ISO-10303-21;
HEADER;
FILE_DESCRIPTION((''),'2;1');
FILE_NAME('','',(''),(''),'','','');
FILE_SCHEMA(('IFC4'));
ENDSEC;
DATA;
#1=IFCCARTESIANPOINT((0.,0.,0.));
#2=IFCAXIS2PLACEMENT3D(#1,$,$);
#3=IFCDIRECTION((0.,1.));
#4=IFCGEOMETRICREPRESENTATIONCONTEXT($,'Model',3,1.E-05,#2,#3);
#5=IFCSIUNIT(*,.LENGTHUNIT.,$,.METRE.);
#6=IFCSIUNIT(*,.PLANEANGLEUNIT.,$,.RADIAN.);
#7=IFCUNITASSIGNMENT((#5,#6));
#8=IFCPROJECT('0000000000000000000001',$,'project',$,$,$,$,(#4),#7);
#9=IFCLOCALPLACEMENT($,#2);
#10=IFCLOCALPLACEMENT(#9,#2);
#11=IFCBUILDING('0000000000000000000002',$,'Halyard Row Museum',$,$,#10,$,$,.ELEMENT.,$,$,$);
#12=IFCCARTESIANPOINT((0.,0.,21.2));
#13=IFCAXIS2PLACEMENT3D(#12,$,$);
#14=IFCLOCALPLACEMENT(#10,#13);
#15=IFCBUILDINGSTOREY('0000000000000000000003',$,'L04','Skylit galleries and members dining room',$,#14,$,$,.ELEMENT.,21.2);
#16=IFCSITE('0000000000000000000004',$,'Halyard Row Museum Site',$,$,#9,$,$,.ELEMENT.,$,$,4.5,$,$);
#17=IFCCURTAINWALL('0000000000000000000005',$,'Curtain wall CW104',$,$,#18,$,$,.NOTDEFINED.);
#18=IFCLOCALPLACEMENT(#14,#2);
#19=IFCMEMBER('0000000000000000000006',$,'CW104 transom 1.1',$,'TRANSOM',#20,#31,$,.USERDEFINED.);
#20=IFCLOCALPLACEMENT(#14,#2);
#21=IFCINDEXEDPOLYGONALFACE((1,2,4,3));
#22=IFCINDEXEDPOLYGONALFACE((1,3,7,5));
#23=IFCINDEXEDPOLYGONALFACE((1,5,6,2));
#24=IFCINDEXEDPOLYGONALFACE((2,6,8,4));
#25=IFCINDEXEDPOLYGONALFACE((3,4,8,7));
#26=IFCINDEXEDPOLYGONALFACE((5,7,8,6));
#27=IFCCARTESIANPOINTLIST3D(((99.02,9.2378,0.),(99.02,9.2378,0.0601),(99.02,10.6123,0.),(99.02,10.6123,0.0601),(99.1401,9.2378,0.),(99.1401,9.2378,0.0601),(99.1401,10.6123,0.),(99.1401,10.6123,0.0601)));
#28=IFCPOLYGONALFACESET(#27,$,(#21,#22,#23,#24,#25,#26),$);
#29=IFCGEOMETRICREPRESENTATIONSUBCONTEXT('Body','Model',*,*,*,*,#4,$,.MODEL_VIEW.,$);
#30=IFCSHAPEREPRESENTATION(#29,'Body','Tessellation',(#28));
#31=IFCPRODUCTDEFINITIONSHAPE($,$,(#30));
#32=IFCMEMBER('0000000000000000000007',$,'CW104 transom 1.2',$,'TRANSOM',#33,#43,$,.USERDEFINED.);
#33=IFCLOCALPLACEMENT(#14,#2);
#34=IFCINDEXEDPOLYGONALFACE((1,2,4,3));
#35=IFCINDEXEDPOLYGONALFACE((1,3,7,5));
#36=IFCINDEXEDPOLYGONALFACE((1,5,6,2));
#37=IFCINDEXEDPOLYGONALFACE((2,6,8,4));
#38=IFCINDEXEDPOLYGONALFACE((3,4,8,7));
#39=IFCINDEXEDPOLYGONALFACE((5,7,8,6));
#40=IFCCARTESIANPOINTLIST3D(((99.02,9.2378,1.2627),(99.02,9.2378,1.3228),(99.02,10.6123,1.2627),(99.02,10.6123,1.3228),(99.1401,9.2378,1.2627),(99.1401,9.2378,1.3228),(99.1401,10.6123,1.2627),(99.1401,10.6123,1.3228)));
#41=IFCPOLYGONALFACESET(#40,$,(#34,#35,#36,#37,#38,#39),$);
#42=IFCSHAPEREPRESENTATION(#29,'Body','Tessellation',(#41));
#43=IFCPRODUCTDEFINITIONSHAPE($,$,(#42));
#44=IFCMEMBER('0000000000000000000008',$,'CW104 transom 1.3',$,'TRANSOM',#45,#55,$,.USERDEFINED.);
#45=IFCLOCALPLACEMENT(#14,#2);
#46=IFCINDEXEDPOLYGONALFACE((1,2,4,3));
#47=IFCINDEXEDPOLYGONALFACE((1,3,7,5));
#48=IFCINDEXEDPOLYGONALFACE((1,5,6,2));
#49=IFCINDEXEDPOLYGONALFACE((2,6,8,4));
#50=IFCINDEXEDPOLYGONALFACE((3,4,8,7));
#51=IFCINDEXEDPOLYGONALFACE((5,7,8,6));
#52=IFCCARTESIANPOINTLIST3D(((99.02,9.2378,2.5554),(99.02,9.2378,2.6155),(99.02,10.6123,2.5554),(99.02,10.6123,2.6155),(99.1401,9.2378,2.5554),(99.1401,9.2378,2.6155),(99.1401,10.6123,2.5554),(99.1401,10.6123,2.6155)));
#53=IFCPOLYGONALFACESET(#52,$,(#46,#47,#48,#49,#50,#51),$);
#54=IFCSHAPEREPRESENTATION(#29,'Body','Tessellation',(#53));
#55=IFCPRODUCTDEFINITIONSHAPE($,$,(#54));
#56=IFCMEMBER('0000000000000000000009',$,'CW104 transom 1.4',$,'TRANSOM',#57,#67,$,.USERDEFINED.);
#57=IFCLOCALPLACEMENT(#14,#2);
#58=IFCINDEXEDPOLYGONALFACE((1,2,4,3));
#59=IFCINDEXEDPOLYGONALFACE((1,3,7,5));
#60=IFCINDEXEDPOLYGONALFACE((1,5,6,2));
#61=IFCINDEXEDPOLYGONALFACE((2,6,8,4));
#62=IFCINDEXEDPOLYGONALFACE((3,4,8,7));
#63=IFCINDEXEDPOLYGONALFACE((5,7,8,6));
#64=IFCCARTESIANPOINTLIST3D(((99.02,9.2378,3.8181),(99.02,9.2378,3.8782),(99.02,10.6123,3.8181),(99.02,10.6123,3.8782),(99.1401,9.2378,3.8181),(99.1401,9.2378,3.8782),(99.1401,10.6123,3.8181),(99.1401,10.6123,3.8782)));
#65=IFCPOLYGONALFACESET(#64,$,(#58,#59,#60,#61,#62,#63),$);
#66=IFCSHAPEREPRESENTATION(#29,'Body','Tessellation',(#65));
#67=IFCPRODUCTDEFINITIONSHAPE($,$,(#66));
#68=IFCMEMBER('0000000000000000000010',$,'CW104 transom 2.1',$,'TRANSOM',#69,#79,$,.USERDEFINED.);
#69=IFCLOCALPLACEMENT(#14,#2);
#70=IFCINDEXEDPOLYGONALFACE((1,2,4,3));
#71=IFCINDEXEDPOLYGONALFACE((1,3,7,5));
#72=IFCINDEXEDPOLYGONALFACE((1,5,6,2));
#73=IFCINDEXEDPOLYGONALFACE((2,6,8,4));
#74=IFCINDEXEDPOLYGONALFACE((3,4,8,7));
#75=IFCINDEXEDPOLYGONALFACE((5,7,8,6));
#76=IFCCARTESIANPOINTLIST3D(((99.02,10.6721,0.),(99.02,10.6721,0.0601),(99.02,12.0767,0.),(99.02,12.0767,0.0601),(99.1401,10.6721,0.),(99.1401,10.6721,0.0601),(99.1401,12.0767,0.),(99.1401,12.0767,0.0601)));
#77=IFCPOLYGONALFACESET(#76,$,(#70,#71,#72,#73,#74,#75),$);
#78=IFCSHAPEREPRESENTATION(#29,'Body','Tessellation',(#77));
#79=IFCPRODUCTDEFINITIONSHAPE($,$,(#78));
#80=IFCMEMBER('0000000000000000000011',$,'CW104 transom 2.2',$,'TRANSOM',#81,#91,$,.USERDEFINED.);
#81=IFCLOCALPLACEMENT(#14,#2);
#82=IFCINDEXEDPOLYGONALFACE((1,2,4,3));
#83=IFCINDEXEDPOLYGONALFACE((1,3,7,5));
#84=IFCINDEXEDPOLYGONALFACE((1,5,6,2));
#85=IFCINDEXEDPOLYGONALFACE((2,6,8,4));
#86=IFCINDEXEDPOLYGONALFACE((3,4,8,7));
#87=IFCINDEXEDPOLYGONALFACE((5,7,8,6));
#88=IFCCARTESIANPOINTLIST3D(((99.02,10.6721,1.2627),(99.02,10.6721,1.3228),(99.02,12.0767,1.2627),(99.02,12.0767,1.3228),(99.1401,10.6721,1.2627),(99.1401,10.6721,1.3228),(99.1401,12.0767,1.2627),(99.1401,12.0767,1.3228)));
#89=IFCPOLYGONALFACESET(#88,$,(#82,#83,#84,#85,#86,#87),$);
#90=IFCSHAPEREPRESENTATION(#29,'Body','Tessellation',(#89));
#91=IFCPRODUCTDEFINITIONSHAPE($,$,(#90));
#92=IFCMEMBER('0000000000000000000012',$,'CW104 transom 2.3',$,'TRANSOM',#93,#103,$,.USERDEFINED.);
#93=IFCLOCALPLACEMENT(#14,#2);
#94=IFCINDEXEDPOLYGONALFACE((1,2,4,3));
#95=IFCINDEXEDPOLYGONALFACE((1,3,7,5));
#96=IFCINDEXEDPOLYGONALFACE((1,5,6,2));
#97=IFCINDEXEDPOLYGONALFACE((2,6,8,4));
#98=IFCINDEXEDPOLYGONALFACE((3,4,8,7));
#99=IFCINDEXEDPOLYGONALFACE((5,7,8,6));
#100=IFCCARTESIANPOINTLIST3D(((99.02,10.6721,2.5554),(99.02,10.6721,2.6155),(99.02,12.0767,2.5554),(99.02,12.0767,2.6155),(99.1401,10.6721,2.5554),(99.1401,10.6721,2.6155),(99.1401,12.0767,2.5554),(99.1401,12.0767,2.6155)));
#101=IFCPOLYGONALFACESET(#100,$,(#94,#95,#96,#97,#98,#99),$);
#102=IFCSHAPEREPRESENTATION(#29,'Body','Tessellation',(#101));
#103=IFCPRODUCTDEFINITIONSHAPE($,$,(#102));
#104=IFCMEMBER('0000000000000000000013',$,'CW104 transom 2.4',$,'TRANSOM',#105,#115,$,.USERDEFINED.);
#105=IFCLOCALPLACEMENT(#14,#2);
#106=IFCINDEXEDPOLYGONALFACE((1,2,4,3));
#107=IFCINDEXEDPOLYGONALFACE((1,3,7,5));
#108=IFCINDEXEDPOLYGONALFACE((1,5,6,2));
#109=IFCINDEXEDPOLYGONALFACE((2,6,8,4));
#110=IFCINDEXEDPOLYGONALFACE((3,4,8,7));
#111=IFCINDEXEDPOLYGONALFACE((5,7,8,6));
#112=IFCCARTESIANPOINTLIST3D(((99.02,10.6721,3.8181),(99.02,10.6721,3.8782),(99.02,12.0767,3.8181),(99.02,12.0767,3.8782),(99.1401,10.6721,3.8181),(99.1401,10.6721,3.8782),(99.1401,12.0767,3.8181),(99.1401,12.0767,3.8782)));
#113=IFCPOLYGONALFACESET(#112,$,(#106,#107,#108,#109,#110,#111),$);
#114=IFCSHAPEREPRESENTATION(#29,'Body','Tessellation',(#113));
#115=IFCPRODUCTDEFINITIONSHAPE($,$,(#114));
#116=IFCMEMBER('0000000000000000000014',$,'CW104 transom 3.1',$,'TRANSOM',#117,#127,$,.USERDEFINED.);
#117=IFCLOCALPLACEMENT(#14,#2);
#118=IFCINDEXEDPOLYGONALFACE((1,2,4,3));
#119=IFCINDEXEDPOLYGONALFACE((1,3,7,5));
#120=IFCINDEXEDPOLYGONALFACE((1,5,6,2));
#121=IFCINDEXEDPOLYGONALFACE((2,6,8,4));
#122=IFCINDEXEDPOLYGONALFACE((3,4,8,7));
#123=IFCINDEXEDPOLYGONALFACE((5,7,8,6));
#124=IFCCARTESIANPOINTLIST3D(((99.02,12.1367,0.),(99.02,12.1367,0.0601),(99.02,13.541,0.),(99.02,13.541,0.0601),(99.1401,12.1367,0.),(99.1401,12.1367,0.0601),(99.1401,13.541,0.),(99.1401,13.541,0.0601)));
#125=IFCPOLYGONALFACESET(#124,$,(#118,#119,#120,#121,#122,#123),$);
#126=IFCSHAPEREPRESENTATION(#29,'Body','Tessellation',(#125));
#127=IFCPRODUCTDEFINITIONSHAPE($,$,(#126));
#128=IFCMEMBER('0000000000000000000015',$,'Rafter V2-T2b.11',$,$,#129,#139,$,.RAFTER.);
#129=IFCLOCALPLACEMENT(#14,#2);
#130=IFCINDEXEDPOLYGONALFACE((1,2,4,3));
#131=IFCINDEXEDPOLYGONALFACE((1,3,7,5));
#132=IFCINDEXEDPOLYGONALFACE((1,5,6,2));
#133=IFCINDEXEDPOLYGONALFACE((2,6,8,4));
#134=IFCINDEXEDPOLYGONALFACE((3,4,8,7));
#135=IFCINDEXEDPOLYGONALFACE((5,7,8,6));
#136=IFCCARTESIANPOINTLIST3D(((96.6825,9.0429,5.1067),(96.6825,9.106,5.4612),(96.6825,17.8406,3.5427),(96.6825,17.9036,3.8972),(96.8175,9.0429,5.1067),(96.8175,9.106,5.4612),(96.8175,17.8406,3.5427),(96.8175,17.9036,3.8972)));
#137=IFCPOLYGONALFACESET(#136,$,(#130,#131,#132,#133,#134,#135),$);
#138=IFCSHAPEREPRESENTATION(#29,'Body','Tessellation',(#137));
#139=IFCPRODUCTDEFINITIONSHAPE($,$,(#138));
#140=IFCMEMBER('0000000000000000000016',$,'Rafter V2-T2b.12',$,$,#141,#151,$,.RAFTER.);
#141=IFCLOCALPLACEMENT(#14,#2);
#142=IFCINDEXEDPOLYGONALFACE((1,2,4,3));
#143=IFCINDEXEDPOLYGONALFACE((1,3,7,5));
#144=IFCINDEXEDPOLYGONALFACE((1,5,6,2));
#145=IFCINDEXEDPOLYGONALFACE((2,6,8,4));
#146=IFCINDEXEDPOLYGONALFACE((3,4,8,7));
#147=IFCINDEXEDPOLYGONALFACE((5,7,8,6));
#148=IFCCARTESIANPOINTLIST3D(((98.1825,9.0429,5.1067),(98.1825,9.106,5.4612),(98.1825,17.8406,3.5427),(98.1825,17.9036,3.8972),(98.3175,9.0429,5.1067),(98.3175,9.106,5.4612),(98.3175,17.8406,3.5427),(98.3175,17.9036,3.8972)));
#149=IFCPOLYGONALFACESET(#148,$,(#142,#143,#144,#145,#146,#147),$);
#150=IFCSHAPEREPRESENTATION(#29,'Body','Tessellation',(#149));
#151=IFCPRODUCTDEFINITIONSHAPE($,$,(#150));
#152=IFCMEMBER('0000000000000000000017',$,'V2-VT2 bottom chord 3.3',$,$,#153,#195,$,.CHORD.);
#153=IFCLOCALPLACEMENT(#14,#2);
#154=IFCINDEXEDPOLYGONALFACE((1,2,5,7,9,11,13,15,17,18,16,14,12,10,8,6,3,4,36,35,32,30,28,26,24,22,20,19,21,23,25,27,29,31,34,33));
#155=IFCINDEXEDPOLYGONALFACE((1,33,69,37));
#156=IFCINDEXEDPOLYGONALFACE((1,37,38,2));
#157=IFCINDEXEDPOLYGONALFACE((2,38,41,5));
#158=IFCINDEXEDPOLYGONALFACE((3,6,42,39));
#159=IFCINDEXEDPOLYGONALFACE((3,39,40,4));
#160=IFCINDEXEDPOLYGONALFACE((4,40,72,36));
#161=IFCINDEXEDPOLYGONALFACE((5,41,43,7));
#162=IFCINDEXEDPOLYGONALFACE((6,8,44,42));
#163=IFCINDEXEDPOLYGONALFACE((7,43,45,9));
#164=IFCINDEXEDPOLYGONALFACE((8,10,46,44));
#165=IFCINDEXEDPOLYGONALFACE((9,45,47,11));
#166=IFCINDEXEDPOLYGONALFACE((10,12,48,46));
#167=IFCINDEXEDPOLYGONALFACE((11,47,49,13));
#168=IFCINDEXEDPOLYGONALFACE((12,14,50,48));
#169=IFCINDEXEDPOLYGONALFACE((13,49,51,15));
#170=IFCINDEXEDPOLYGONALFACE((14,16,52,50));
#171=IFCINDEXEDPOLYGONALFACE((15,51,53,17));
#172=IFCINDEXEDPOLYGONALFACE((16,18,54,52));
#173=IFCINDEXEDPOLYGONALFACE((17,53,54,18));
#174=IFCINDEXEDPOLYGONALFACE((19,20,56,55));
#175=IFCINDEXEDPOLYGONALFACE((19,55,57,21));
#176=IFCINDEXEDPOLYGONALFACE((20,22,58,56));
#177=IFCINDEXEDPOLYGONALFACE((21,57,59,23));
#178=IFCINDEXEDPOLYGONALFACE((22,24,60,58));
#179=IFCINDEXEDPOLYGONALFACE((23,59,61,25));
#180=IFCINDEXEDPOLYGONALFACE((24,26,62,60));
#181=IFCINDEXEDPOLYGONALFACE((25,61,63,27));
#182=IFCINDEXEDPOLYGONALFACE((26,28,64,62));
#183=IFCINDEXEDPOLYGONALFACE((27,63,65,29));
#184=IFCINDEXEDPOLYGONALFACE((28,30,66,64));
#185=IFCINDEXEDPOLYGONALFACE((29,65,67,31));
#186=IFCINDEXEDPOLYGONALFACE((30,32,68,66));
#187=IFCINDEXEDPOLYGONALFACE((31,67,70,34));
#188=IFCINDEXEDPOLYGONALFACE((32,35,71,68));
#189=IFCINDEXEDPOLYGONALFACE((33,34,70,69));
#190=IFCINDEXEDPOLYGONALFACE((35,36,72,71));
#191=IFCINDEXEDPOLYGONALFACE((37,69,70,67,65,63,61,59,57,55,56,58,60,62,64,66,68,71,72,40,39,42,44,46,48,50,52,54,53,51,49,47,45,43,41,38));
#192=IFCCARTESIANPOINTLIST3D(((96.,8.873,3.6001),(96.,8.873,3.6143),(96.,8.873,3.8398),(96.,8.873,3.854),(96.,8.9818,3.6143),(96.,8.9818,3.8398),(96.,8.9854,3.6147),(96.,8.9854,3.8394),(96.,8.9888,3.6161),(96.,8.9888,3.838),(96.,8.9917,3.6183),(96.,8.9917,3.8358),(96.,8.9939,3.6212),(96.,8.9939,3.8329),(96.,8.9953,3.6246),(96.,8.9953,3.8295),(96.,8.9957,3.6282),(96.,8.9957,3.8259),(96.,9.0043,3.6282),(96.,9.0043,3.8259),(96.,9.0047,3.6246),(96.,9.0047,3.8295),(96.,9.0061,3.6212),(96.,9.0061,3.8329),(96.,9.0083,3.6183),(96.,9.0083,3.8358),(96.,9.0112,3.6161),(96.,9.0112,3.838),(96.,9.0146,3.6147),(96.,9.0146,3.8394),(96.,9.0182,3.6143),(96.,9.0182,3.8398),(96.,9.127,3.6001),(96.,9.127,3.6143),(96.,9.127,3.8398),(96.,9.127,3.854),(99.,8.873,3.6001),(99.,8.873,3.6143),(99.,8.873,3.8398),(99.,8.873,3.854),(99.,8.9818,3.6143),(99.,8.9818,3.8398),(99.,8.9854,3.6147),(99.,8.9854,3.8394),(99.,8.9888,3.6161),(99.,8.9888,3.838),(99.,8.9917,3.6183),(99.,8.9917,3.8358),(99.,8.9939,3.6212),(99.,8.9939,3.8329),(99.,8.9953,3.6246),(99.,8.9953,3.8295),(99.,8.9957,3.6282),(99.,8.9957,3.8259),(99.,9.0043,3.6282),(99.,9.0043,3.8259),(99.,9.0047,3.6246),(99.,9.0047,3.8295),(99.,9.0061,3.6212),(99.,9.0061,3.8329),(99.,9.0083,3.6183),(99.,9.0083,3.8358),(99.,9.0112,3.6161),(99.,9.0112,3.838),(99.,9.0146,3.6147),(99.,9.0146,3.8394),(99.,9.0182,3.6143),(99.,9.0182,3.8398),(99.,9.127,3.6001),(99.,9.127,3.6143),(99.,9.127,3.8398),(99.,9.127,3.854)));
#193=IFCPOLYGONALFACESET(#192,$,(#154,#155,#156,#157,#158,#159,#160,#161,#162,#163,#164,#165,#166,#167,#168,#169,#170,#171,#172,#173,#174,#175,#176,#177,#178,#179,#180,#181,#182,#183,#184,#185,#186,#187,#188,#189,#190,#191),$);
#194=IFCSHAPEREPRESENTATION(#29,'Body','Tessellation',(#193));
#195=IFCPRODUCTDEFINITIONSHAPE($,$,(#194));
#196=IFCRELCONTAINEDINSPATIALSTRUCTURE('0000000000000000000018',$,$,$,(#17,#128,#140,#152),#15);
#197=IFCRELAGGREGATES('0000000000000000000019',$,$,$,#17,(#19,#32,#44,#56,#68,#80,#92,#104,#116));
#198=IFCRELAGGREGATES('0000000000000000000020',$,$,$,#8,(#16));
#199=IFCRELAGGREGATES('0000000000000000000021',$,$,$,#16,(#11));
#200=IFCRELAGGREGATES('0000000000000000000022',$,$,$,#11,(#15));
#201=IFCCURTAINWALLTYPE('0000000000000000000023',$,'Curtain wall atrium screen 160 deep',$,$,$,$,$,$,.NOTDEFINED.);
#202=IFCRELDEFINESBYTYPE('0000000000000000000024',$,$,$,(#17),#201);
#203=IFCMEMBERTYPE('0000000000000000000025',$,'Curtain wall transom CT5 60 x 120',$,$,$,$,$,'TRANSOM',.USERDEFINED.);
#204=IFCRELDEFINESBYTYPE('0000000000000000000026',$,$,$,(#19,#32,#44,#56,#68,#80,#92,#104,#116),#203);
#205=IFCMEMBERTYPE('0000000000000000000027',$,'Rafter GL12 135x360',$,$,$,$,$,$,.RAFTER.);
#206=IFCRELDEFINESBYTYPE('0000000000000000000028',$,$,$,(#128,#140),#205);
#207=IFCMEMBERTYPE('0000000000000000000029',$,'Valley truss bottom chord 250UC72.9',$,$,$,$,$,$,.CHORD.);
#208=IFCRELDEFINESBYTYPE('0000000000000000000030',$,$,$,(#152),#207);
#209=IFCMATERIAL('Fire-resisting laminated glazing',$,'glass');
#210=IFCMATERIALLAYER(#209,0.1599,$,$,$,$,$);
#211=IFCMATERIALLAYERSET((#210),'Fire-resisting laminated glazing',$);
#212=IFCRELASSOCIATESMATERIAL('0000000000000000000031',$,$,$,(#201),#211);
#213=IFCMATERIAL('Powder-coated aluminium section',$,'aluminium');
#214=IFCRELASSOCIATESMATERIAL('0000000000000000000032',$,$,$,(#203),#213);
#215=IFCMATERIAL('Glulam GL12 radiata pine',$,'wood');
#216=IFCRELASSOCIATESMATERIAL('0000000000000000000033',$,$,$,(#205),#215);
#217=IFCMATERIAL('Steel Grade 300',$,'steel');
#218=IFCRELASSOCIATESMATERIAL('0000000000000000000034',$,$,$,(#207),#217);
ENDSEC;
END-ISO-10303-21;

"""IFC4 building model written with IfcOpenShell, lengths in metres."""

from ifc_helpers import new_model, si_unit, direction, frame, origin, origin_2d, place, context, subcontext, project, spatial, rectangle, i_section, extrude, material, layer, layer_set, material_profile, profile_set, type_object, element, aggregate, save


model = new_model("IFC4")

# Units and contexts
model_context = context("Model", 3, precision=1e-05, world=origin(), true_north=direction((0.0, 1.0)))
body_context = subcontext(model_context, "Body", "Model", "MODEL_VIEW")
ifc_project = project(units=[si_unit("LENGTHUNIT", "METRE"), si_unit("PLANEANGLEUNIT", "RADIAN")], contexts=[model_context])

# Site, building, storey
site_placement = place(None, origin())
site = spatial("IfcSite", under=ifc_project, at=site_placement, Name="Halyard Row Museum Site", CompositionType="ELEMENT", RefElevation=4.5)
building_placement = place(site_placement, origin())
building = spatial("IfcBuilding", under=site, at=building_placement, Name="Halyard Row Museum", CompositionType="ELEMENT")
storey_placement = place(building_placement, frame((0.0, 0.0, 21.2)))
storey = spatial("IfcBuildingStorey", under=building, at=storey_placement, Name="L04", Description="Skylit galleries and members dining room", CompositionType="ELEMENT", Elevation=21.2)

# Curtain wall
ifc_material_1 = material(Name="Fire-resisting laminated glazing", Category="glass")
ifc_layer_1 = layer(ifc_material_1, 0.1599)
ifc_layer_set_1 = layer_set([ifc_layer_1], Name="Fire-resisting laminated glazing")
curtain_wall_type = type_object("IfcCurtainWallType", Name="Curtain wall atrium screen 160 deep", PredefinedType="NOTDEFINED", material=ifc_layer_set_1)
curtain_wall_1_placement = place(storey_placement, origin())
curtain_wall_1 = element("IfcCurtainWall", 1, at=curtain_wall_1_placement, inside=storey, type_object=curtain_wall_type, Name="Curtain wall CW104", PredefinedType="NOTDEFINED")

# Members
ifc_material_2 = material(Name="Powder-coated aluminium section", Category="aluminium")
ifc_material_profile_1 = material_profile(ifc_material_2, rectangle(XDim=0.1201, YDim=0.0601, at=origin_2d()), Name="120x60 transom")
ifc_profile_set_1 = profile_set([ifc_material_profile_1], Name="Powder-coated aluminium section")
member_type_1 = type_object("IfcMemberType", Name="Curtain wall transom CT5 60 x 120", ElementType="TRANSOM", PredefinedType="USERDEFINED", material=ifc_profile_set_1)
member_1_placement = place(storey_placement, frame((99.0801, 9.2378, 0.03), z_axis=(0.0, 1.0, 0.0), x_axis=(-1.0, 0.0, 0.0)))
member_1 = element("IfcMember", 2, at=member_1_placement, type_object=member_type_1, Name="CW104 transom 1.1", ObjectType="TRANSOM", PredefinedType="USERDEFINED", context=body_context, shape_type="SweptSolid", body=[
    extrude(rectangle(XDim=0.1201, YDim=0.0601, at=origin_2d()), origin(), (0.0, 0.0, 1.0), 1.3745),
])
member_2_placement = place(storey_placement, frame((99.0801, 9.2378, 1.2927), z_axis=(0.0, 1.0, 0.0), x_axis=(-1.0, 0.0, 0.0)))
member_2 = element("IfcMember", 3, at=member_2_placement, type_object=member_type_1, Name="CW104 transom 1.2", ObjectType="TRANSOM", PredefinedType="USERDEFINED", context=body_context, shape_type="SweptSolid", body=[
    extrude(rectangle(XDim=0.1201, YDim=0.0601, at=origin_2d()), origin(), (0.0, 0.0, 1.0), 1.3745),
])
member_3_placement = place(storey_placement, frame((99.0801, 9.2378, 2.5854), z_axis=(0.0, 1.0, 0.0), x_axis=(-1.0, 0.0, 0.0)))
member_3 = element("IfcMember", 4, at=member_3_placement, type_object=member_type_1, Name="CW104 transom 1.3", ObjectType="TRANSOM", PredefinedType="USERDEFINED", context=body_context, shape_type="SweptSolid", body=[
    extrude(rectangle(XDim=0.1201, YDim=0.0601, at=origin_2d()), origin(), (0.0, 0.0, 1.0), 1.3745),
])
member_4_placement = place(storey_placement, frame((99.0801, 9.2378, 3.8481), z_axis=(0.0, 1.0, 0.0), x_axis=(-1.0, 0.0, 0.0)))
member_4 = element("IfcMember", 5, at=member_4_placement, type_object=member_type_1, Name="CW104 transom 1.4", ObjectType="TRANSOM", PredefinedType="USERDEFINED", context=body_context, shape_type="SweptSolid", body=[
    extrude(rectangle(XDim=0.1201, YDim=0.0601, at=origin_2d()), origin(), (0.0, 0.0, 1.0), 1.3745),
])
member_5_placement = place(storey_placement, frame((99.0801, 10.6721, 0.03), z_axis=(0.0, 1.0, 0.0), x_axis=(-1.0, 0.0, 0.0)))
member_5 = element("IfcMember", 6, at=member_5_placement, type_object=member_type_1, Name="CW104 transom 2.1", ObjectType="TRANSOM", PredefinedType="USERDEFINED", context=body_context, shape_type="SweptSolid", body=[
    extrude(rectangle(XDim=0.1201, YDim=0.0601, at=origin_2d()), origin(), (0.0, 0.0, 1.0), 1.4045),
])
member_6_placement = place(storey_placement, frame((99.0801, 10.6721, 1.2927), z_axis=(0.0, 1.0, 0.0), x_axis=(-1.0, 0.0, 0.0)))
member_6 = element("IfcMember", 7, at=member_6_placement, type_object=member_type_1, Name="CW104 transom 2.2", ObjectType="TRANSOM", PredefinedType="USERDEFINED", context=body_context, shape_type="SweptSolid", body=[
    extrude(rectangle(XDim=0.1201, YDim=0.0601, at=origin_2d()), origin(), (0.0, 0.0, 1.0), 1.4045),
])
member_7_placement = place(storey_placement, frame((99.0801, 10.6721, 2.5854), z_axis=(0.0, 1.0, 0.0), x_axis=(-1.0, 0.0, 0.0)))
member_7 = element("IfcMember", 8, at=member_7_placement, type_object=member_type_1, Name="CW104 transom 2.3", ObjectType="TRANSOM", PredefinedType="USERDEFINED", context=body_context, shape_type="SweptSolid", body=[
    extrude(rectangle(XDim=0.1201, YDim=0.0601, at=origin_2d()), origin(), (0.0, 0.0, 1.0), 1.4045),
])
member_8_placement = place(storey_placement, frame((99.0801, 10.6721, 3.8481), z_axis=(0.0, 1.0, 0.0), x_axis=(-1.0, 0.0, 0.0)))
member_8 = element("IfcMember", 9, at=member_8_placement, type_object=member_type_1, Name="CW104 transom 2.4", ObjectType="TRANSOM", PredefinedType="USERDEFINED", context=body_context, shape_type="SweptSolid", body=[
    extrude(rectangle(XDim=0.1201, YDim=0.0601, at=origin_2d()), origin(), (0.0, 0.0, 1.0), 1.4045),
])
member_9_placement = place(storey_placement, frame((99.0801, 12.1367, 0.03), z_axis=(0.0, 1.0, 0.0), x_axis=(-1.0, 0.0, 0.0)))
member_9 = element("IfcMember", 10, at=member_9_placement, type_object=member_type_1, Name="CW104 transom 3.1", ObjectType="TRANSOM", PredefinedType="USERDEFINED", context=body_context, shape_type="SweptSolid", body=[
    extrude(rectangle(XDim=0.1201, YDim=0.0601, at=origin_2d()), origin(), (0.0, 0.0, 1.0), 1.4043),
])

# Members
ifc_material_3 = material(Name="Glulam GL12 radiata pine", Category="wood")
ifc_material_profile_2 = material_profile(ifc_material_3, rectangle(XDim=0.135, YDim=0.3601, at=origin_2d()), Name="GL12 135x360")
ifc_profile_set_2 = profile_set([ifc_material_profile_2], Name="Glulam GL12 radiata pine")
member_type_2 = type_object("IfcMemberType", Name="Rafter GL12 135x360", PredefinedType="RAFTER", material=ifc_profile_set_2)
for number, where, z_axis, x_axis, name in (
    (11, (96.75, 9.0745, 5.2839), (0.0, 0.984564, -0.175027), (-1.0, 0.0, 0.0), "Rafter V2-T2b.11"),
    (12, (98.25, 9.0745, 5.2839), (0.0, 0.984564, -0.175027), (-1.0, 0.0, 0.0), "Rafter V2-T2b.12"),
):
    element("IfcMember", number, at=place(storey_placement, frame(where, z_axis=z_axis, x_axis=x_axis)), inside=storey, type_object=member_type_2, Name=name, PredefinedType="RAFTER", context=body_context, shape_type="SweptSolid", body=[
        extrude(rectangle(XDim=0.135, YDim=0.3601, at=origin_2d()), origin(), (0.0, 0.0, 1.0), 8.9355),
    ])
ifc_material_4 = material(Name="Steel Grade 300", Category="steel")
ifc_material_profile_3 = material_profile(ifc_material_4, i_section(OverallWidth=0.2539, OverallDepth=0.2539, WebThickness=0.0085, FlangeThickness=0.0142, FilletRadius=0.0139, at=origin_2d()), Name="250UC72.9")
ifc_profile_set_3 = profile_set([ifc_material_profile_3], Name="Steel Grade 300")
member_type_3 = type_object("IfcMemberType", Name="Valley truss bottom chord 250UC72.9", PredefinedType="CHORD", material=ifc_profile_set_3)
for number, where, z_axis, x_axis, name in (
    (13, (96.0, 9.0, 3.7271), (1.0, 0.0, 0.0), (0.0, 1.0, 0.0), "V2-VT2 bottom chord 3.3"),
):
    element("IfcMember", number, at=place(storey_placement, frame(where, z_axis=z_axis, x_axis=x_axis)), inside=storey, type_object=member_type_3, Name=name, PredefinedType="CHORD", context=body_context, shape_type="SweptSolid", body=[
        extrude(i_section(OverallWidth=0.2539, OverallDepth=0.2539, WebThickness=0.0085, FlangeThickness=0.0142, FilletRadius=0.0139, at=origin_2d()), origin(), (0.0, 0.0, 1.0), 3.0),
    ])

aggregate(curtain_wall_1, [member_1, member_2, member_3, member_4, member_5, member_6, member_7, member_8, member_9])

save(model, "model.ifc")
